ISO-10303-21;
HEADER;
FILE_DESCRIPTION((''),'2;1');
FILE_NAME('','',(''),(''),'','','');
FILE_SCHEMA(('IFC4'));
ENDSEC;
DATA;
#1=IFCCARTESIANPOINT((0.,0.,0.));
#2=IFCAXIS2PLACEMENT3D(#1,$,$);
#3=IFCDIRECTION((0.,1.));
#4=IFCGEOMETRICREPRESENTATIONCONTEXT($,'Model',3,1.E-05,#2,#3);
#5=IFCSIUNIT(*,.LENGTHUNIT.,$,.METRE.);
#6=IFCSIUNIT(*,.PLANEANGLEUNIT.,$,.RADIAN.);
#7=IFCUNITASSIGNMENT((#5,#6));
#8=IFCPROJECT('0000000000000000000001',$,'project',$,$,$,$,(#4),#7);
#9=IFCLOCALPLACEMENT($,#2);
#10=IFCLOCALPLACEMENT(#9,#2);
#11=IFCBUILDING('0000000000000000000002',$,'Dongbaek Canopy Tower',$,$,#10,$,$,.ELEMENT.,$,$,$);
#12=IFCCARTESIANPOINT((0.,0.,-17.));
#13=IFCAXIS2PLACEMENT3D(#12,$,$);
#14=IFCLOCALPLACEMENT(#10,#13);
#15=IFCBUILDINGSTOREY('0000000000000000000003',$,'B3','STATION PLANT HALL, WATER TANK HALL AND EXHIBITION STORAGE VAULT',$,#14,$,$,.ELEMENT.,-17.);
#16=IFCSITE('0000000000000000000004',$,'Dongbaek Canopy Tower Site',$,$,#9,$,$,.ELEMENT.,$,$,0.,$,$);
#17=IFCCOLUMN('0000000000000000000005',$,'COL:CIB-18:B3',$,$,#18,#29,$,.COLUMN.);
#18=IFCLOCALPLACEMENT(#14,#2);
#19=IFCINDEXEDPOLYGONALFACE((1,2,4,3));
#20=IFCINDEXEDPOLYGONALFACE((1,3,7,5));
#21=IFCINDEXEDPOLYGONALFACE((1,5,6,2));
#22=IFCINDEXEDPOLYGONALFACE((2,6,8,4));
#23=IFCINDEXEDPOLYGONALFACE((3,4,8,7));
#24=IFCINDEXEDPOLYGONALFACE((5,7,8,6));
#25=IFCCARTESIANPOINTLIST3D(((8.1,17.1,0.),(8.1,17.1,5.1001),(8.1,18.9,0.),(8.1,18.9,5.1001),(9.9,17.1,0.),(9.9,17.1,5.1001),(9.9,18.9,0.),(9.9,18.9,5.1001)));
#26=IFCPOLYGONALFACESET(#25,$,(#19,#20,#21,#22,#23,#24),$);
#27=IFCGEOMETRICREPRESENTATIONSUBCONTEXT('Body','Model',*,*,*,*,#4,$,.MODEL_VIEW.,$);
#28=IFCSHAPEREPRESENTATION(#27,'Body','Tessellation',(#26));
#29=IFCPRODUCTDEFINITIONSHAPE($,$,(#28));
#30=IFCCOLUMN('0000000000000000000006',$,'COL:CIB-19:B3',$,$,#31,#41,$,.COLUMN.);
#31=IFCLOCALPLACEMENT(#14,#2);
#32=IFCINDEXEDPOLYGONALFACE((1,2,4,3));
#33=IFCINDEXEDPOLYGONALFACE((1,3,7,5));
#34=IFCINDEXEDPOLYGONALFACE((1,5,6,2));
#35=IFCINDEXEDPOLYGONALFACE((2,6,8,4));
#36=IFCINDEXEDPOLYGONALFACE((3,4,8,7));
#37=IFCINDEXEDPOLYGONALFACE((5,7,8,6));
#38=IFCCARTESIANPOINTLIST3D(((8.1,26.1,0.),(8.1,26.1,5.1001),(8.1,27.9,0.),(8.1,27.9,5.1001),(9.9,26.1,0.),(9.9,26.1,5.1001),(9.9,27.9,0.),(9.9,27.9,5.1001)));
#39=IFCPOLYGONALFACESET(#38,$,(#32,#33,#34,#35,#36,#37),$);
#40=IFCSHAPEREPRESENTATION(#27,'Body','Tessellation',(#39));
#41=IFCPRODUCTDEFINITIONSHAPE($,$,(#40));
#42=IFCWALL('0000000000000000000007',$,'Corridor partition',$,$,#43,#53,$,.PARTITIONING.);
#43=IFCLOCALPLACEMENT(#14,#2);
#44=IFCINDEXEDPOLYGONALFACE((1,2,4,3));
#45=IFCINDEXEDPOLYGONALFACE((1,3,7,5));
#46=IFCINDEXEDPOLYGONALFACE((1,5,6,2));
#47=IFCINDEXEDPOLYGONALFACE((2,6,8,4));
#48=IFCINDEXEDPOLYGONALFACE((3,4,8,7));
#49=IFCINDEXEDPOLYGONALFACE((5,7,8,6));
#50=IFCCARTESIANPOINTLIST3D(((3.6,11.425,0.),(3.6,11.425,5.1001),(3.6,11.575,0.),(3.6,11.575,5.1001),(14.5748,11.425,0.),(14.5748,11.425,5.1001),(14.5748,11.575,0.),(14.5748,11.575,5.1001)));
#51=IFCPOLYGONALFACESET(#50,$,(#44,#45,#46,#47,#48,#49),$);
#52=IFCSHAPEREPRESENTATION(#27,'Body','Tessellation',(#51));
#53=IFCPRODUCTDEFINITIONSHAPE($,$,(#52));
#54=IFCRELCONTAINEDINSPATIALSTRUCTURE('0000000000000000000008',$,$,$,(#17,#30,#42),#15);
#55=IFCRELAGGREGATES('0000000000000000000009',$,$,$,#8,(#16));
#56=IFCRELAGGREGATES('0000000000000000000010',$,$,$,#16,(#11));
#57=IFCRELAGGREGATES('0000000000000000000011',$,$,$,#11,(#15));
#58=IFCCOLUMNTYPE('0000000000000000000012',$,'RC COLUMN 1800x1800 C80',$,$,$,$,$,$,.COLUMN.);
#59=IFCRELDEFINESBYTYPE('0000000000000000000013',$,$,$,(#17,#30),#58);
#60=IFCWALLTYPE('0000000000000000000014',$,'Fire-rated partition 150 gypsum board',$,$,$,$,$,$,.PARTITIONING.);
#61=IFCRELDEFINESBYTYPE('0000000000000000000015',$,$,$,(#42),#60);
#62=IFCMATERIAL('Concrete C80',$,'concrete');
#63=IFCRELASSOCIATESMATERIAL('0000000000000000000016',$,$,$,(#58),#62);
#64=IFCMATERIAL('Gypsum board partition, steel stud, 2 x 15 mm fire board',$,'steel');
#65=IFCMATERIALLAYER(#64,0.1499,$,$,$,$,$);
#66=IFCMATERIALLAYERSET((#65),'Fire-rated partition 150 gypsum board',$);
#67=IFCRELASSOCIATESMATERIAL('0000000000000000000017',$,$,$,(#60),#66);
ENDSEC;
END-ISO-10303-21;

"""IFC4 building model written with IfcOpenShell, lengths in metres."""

from ifc_helpers import new_model, si_unit, direction, frame, frame_2d, origin, origin_2d, place, context, subcontext, project, spatial, rectangle, extrude, material, layer, layer_set, material_profile, profile_set, type_object, element, save


model = new_model("IFC4")

# Units and contexts
model_context = context("Model", 3, precision=1e-05, world=origin(), true_north=direction((0.0, 1.0)))
body_context = subcontext(model_context, "Body", "Model", "MODEL_VIEW")
ifc_project = project(units=[si_unit("LENGTHUNIT", "METRE"), si_unit("PLANEANGLEUNIT", "RADIAN")], contexts=[model_context])

# Site, building, storey
site_placement = place(None, origin())
site = spatial("IfcSite", under=ifc_project, at=site_placement, Name="Dongbaek Canopy Tower Site", CompositionType="ELEMENT", RefElevation=0.0)
building_placement = place(site_placement, origin())
building = spatial("IfcBuilding", under=site, at=building_placement, Name="Dongbaek Canopy Tower", CompositionType="ELEMENT")
storey_placement = place(building_placement, frame((0.0, 0.0, -17.0)))
storey = spatial("IfcBuildingStorey", under=building, at=storey_placement, Name="B3", Description="STATION PLANT HALL, WATER TANK HALL AND EXHIBITION STORAGE VAULT", CompositionType="ELEMENT", Elevation=-17.0)

# Columns
ifc_material_1 = material(Name="Concrete C80", Category="concrete")
ifc_material_profile_1 = material_profile(ifc_material_1, rectangle(XDim=1.8, YDim=1.8, at=origin_2d()), Name="RC COLUMN 1800x1800 C80")
ifc_profile_set_1 = profile_set([ifc_material_profile_1], Name="Concrete C80")
column_type = type_object("IfcColumnType", Name="RC COLUMN 1800x1800 C80", PredefinedType="COLUMN", material=ifc_profile_set_1)
for number, where, z_axis, x_axis, name in (
    (1, (9.0, 18.0, 0.0), (0.0, 0.0, 1.0), (1.0, 0.0, 0.0), "COL:CIB-18:B3"),
    (2, (9.0, 27.0, 0.0), (0.0, 0.0, 1.0), (1.0, 0.0, 0.0), "COL:CIB-19:B3"),
):
    element("IfcColumn", number, at=place(storey_placement, frame(where, z_axis=z_axis, x_axis=x_axis)), inside=storey, type_object=column_type, Name=name, PredefinedType="COLUMN", context=body_context, shape_type="SweptSolid", body=[
        extrude(rectangle(XDim=1.8, YDim=1.8, at=origin_2d()), origin(), (0.0, 0.0, 1.0), 5.1001),
    ])

# Wall
ifc_material_2 = material(Name="Gypsum board partition, steel stud, 2 x 15 mm fire board", Category="steel")
ifc_layer = layer(ifc_material_2, 0.1499)
ifc_layer_set = layer_set([ifc_layer], Name="Fire-rated partition 150 gypsum board")
wall_type = type_object("IfcWallType", Name="Fire-rated partition 150 gypsum board", PredefinedType="PARTITIONING", material=ifc_layer_set)
wall_placement = place(storey_placement, frame((3.6001, 11.5, 0.0), z_axis=(0.0, 0.0, 1.0), x_axis=(1.0, 0.0, 0.0)))
element("IfcWall", 3, at=wall_placement, inside=storey, type_object=wall_type, Name="Corridor partition", PredefinedType="PARTITIONING", context=body_context, shape_type="SweptSolid", body=[
    extrude(rectangle(XDim=10.9749, YDim=0.1499, at=frame_2d((5.4873, 0.0))), origin(), (0.0, 0.0, 1.0), 5.1001),
])

save(model, "model.ifc")
